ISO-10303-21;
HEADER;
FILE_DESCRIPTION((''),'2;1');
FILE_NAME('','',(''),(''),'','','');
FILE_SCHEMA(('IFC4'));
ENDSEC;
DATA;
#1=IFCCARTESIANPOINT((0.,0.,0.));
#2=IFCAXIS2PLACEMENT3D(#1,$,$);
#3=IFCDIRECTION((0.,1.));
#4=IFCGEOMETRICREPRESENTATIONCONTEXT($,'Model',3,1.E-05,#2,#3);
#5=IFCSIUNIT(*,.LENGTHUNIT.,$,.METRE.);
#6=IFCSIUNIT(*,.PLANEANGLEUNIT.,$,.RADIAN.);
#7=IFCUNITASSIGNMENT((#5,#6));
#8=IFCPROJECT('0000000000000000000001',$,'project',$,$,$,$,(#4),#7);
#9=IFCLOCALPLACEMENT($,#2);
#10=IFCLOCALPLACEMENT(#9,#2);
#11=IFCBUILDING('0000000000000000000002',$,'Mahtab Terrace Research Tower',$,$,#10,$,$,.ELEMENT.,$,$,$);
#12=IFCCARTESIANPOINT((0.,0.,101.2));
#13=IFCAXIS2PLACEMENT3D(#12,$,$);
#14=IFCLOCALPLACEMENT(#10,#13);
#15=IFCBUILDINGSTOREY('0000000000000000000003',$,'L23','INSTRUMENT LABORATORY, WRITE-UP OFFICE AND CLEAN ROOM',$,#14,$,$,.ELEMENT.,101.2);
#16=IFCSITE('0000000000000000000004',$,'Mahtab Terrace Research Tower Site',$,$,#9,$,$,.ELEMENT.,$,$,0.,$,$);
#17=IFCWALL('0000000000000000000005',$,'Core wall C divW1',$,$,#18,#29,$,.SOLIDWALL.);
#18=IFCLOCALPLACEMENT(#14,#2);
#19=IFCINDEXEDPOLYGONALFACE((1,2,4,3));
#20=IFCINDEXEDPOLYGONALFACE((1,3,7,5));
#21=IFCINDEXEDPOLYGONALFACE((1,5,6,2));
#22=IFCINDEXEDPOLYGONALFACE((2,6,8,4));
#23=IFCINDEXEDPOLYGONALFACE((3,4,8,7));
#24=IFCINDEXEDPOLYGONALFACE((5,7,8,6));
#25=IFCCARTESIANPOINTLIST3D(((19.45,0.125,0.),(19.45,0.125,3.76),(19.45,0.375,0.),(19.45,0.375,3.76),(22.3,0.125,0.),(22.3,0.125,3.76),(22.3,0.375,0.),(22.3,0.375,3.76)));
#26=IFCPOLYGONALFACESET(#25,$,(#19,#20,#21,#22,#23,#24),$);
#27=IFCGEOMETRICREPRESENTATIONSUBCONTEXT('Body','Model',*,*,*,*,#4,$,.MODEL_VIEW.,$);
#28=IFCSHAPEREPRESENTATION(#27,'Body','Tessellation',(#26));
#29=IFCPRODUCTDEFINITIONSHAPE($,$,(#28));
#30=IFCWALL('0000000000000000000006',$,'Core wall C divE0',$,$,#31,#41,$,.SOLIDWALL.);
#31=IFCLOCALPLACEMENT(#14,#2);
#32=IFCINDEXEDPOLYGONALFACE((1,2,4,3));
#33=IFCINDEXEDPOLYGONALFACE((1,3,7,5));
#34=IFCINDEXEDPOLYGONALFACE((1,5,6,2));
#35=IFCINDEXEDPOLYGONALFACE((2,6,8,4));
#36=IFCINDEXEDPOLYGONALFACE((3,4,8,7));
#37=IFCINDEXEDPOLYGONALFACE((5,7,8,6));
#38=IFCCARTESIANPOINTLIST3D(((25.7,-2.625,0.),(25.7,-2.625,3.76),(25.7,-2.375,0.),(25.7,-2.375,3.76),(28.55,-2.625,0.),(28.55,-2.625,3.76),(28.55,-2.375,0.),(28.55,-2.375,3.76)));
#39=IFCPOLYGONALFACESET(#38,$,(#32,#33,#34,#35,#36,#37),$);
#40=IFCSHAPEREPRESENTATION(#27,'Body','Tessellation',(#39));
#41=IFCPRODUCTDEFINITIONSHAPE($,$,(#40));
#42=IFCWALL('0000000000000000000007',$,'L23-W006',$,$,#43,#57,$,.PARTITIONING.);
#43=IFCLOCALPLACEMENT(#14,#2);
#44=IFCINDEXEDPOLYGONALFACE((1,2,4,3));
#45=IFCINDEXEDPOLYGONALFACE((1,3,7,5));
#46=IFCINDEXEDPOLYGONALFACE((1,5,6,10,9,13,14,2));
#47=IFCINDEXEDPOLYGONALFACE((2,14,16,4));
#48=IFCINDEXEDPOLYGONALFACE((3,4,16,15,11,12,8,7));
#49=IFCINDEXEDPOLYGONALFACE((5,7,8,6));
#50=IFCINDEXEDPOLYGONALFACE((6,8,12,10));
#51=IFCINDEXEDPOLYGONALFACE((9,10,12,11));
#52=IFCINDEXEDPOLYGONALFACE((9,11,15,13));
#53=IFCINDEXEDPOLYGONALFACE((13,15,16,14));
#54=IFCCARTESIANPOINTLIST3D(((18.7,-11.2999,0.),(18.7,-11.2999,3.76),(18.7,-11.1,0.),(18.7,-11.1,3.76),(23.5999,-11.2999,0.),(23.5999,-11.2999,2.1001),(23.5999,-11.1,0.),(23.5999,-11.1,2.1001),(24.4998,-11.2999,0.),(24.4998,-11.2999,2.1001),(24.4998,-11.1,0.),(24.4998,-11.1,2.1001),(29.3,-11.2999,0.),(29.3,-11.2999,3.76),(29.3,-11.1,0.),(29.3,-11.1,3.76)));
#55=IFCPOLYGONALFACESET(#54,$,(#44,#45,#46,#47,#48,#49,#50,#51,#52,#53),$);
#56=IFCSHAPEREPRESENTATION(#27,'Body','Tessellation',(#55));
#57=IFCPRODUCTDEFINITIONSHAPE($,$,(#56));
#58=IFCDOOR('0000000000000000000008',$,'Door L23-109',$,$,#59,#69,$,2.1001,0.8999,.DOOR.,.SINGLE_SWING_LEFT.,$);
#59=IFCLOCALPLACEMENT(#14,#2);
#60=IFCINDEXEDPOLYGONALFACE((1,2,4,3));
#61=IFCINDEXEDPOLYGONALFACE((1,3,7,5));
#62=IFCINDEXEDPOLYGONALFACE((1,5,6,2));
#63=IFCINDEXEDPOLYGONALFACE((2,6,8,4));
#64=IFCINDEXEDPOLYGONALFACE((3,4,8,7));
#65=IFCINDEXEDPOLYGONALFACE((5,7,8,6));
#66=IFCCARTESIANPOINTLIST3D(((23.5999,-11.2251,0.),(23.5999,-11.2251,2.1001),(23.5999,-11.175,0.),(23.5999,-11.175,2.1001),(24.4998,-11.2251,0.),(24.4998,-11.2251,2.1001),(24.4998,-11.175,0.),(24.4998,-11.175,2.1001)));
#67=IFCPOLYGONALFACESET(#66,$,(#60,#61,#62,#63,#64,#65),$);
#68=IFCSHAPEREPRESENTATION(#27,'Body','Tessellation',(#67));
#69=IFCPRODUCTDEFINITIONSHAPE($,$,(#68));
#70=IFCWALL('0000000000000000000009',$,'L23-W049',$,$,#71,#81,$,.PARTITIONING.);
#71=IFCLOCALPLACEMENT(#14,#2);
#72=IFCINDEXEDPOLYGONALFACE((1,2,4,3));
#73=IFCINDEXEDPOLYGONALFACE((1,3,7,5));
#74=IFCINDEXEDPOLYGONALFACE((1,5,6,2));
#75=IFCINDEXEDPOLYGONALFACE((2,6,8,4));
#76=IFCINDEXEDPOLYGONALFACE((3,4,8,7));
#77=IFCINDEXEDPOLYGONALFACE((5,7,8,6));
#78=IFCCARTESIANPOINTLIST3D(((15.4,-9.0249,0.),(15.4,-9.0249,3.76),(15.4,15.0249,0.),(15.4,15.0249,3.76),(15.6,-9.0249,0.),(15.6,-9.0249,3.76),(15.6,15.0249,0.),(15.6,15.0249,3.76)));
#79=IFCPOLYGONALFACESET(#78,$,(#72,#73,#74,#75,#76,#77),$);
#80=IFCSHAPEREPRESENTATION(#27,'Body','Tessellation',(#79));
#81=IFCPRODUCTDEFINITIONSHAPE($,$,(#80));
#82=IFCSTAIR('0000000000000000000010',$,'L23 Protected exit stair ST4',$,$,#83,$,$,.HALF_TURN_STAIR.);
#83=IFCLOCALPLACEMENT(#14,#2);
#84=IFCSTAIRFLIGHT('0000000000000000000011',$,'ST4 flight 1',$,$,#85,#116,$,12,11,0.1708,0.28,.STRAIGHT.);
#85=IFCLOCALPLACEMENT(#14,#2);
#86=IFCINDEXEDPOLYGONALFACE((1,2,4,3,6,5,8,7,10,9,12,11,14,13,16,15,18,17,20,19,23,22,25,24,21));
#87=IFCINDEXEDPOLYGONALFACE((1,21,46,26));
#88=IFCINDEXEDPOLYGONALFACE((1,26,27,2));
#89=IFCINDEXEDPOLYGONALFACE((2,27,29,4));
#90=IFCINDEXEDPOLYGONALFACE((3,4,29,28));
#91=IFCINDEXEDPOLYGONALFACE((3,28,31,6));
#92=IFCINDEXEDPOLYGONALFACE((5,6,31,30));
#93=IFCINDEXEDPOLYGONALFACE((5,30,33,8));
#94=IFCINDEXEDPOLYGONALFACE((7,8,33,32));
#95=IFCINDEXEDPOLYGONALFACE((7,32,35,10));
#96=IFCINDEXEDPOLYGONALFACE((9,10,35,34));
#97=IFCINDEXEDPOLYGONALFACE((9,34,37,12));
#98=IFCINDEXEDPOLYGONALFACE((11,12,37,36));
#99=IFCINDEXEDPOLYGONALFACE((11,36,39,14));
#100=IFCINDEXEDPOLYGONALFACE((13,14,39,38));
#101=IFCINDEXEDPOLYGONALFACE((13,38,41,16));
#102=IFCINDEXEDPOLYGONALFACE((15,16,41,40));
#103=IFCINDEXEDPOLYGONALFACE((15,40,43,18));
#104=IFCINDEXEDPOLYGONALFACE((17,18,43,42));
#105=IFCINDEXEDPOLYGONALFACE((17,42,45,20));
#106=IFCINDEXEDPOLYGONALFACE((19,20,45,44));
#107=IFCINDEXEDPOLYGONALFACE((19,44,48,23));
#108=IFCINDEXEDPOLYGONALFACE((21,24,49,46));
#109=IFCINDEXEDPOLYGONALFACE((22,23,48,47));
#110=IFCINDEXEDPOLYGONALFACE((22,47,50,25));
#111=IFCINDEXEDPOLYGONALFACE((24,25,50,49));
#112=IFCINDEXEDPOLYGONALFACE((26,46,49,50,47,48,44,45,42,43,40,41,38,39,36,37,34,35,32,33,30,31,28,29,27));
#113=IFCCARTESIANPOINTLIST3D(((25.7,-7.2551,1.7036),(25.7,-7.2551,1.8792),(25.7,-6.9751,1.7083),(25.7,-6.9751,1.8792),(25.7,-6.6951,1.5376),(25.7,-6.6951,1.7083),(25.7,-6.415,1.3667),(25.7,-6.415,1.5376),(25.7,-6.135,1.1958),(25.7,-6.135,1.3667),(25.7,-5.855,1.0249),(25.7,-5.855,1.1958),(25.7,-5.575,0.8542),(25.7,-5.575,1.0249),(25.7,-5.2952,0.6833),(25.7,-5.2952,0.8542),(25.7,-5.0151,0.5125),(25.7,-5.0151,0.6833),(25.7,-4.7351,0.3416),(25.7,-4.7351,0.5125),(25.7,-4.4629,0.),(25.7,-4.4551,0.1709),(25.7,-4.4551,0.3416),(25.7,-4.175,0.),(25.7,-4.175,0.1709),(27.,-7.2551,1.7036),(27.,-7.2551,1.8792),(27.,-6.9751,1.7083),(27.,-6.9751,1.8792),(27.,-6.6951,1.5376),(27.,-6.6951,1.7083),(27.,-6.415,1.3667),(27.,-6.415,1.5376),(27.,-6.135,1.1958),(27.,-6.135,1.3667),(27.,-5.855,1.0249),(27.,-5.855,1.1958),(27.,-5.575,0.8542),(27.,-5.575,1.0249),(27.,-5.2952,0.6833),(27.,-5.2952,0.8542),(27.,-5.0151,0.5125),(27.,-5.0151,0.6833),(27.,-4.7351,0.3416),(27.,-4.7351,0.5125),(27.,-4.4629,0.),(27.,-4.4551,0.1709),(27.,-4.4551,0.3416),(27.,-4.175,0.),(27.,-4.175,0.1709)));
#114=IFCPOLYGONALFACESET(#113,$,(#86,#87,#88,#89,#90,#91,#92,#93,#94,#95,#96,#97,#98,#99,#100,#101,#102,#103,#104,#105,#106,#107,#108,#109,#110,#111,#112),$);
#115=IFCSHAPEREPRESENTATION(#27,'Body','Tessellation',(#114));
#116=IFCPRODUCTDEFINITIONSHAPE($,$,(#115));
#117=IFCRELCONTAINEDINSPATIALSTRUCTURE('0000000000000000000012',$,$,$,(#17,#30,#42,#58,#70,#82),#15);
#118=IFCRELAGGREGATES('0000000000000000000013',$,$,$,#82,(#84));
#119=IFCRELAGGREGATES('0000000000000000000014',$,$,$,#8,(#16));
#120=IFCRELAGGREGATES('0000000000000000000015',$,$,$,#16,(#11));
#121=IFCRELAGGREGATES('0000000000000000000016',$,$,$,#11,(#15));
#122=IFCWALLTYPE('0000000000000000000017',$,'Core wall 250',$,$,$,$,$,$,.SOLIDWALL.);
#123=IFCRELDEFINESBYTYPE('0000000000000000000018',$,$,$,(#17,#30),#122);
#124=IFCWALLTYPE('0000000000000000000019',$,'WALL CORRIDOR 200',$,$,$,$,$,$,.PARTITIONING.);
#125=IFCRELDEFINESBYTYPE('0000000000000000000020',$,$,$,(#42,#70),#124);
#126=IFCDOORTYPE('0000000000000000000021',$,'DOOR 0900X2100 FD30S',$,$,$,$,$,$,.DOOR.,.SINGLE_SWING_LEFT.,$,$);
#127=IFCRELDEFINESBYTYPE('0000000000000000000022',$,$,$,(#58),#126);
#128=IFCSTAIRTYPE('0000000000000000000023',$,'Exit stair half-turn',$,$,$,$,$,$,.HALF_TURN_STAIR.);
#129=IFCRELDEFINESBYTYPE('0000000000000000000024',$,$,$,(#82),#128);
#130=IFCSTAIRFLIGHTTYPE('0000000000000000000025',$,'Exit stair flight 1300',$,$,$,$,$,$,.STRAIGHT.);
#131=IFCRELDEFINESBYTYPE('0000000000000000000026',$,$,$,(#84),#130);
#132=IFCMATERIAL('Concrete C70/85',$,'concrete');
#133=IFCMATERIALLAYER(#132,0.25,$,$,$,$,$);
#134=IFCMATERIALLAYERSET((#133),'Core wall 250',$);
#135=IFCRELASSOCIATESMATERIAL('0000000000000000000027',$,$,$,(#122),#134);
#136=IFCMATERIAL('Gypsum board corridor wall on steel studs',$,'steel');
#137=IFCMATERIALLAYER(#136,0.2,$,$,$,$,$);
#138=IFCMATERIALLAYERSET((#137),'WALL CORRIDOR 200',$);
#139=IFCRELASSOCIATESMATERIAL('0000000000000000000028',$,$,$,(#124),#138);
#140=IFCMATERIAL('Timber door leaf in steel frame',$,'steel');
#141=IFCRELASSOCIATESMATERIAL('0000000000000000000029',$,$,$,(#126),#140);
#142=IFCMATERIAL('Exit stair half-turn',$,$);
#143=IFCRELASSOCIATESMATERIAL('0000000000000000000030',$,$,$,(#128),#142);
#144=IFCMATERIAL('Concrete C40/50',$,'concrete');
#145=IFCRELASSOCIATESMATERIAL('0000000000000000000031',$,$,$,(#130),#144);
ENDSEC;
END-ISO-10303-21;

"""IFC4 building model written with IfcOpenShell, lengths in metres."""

from ifc_helpers import new_model, si_unit, direction, frame, frame_2d, origin, place, context, subcontext, project, spatial, polyline, rectangle, outline, extrude, material, layer, layer_set, type_object, element, fill, aggregate, save


model = new_model("IFC4")

# Units and contexts
model_context = context("Model", 3, precision=1e-05, world=origin(), true_north=direction((0.0, 1.0)))
body_context = subcontext(model_context, "Body", "Model", "MODEL_VIEW")
ifc_project = project(units=[si_unit("LENGTHUNIT", "METRE"), si_unit("PLANEANGLEUNIT", "RADIAN")], contexts=[model_context])

# Site, building, storey
site_placement = place(None, origin())
site = spatial("IfcSite", under=ifc_project, at=site_placement, Name="Mahtab Terrace Research Tower Site", CompositionType="ELEMENT", RefElevation=0.0)
building_placement = place(site_placement, origin())
building = spatial("IfcBuilding", under=site, at=building_placement, Name="Mahtab Terrace Research Tower", CompositionType="ELEMENT")
storey_placement = place(building_placement, frame((0.0, 0.0, 101.2)))
storey = spatial("IfcBuildingStorey", under=building, at=storey_placement, Name="L23", Description="INSTRUMENT LABORATORY, WRITE-UP OFFICE AND CLEAN ROOM", CompositionType="ELEMENT", Elevation=101.2)

# Shared definitions
ifc_material_1 = material(Name="Concrete C70/85", Category="concrete")

# Shared definitions
ifc_layer_1 = layer(ifc_material_1, 0.25)
ifc_layer_set_1 = layer_set([ifc_layer_1], Name="Core wall 250")
wall_type_1 = type_object("IfcWallType", Name="Core wall 250", PredefinedType="SOLIDWALL", material=ifc_layer_set_1)

# Walls
for number, where, z_axis, x_axis, name in (
    (1, (19.45, 0.25, 0.0), (0.0, 0.0, 1.0), (1.0, 0.0, 0.0), "Core wall C divW1"),
    (2, (25.7, -2.5, 0.0), (0.0, 0.0, 1.0), (1.0, 0.0, 0.0), "Core wall C divE0"),
):
    element("IfcWall", number, at=place(storey_placement, frame(where, z_axis=z_axis, x_axis=x_axis)), inside=storey, type_object=wall_type_1, Name=name, PredefinedType="SOLIDWALL", context=body_context, shape_type="SweptSolid", body=[
        extrude(rectangle(XDim=2.8501, YDim=0.25, at=frame_2d((1.425, 0.0))), origin(), (0.0, 0.0, 1.0), 3.76),
    ])

# Wall, opening, door
ifc_material_2 = material(Name="Gypsum board corridor wall on steel studs", Category="steel")
ifc_layer_2 = layer(ifc_material_2, 0.2)
ifc_layer_set_2 = layer_set([ifc_layer_2], Name="WALL CORRIDOR 200")
wall_type_2 = type_object("IfcWallType", Name="WALL CORRIDOR 200", PredefinedType="PARTITIONING", material=ifc_layer_set_2)
wall_1_placement = place(storey_placement, frame((18.7, -11.2, 0.0), z_axis=(0.0, 0.0, 1.0), x_axis=(1.0, 0.0, 0.0)))
wall_1 = element("IfcWall", 3, at=wall_1_placement, inside=storey, type_object=wall_type_2, Name="L23-W006", PredefinedType="PARTITIONING", context=body_context, shape_type="SweptSolid", body=[
    extrude(rectangle(XDim=10.6001, YDim=0.2, at=frame_2d((5.3, 0.0))), origin(), (0.0, 0.0, 1.0), 3.76),
])
opening_1_placement = place(wall_1_placement, frame((4.8999, 0.0, 0.0)))
opening_1 = element("IfcOpeningElement", 4, at=opening_1_placement, cuts=wall_1, PredefinedType="OPENING", context=body_context, shape_type="SweptSolid", body=[
    extrude(rectangle(XDim=0.8999, YDim=2.1001, at=frame_2d((0.45, 1.05))), frame((0.0, 0.1099, 0.0), z_axis=(0.0, -1.0, 0.0), x_axis=(1.0, 0.0, 0.0)), (0.0, 0.0, 1.0), 0.22),
])
ifc_material_3 = material(Name="Timber door leaf in steel frame", Category="steel")
door_type_1 = type_object("IfcDoorType", Name="DOOR 0900X2100 FD30S", OperationType="SINGLE_SWING_LEFT", PredefinedType="DOOR", material=ifc_material_3)
door_1_placement = place(opening_1_placement, origin())
door_1 = element("IfcDoor", 5, at=door_1_placement, inside=storey, type_object=door_type_1, Name="Door L23-109", OperationType="SINGLE_SWING_LEFT", OverallHeight=2.1001, OverallWidth=0.8999, PredefinedType="DOOR", context=body_context, shape_type="SweptSolid", body=[
    extrude(rectangle(XDim=0.8999, YDim=2.1001, at=frame_2d((0.45, 1.05))), frame((0.0, 0.0249, 0.0), z_axis=(0.0, -1.0, 0.0), x_axis=(1.0, 0.0, 0.0)), (0.0, 0.0, 1.0), 0.05),
])
fill(opening_1, door_1)

# Wall
wall_2_placement = place(storey_placement, frame((15.5, -9.0249, 0.0), z_axis=(0.0, 0.0, 1.0), x_axis=(0.0, 1.0, 0.0)))
element("IfcWall", 6, at=wall_2_placement, inside=storey, type_object=wall_type_2, Name="L23-W049", PredefinedType="PARTITIONING", context=body_context, shape_type="SweptSolid", body=[
    extrude(rectangle(XDim=24.0498, YDim=0.2, at=frame_2d((12.0249, 0.0))), origin(), (0.0, 0.0, 1.0), 3.76),
])

# Stair, stair flight
ifc_material_4 = material(Name="Exit stair half-turn")
stair_type = type_object("IfcStairType", Name="Exit stair half-turn", PredefinedType="HALF_TURN_STAIR", material=ifc_material_4)
stair_placement = place(storey_placement, origin())
stair = element("IfcStair", 7, at=stair_placement, inside=storey, type_object=stair_type, Name="L23 Protected exit stair ST4", PredefinedType="HALF_TURN_STAIR")
ifc_material_5 = material(Name="Concrete C40/50", Category="concrete")
stair_flight_type = type_object("IfcStairFlightType", Name="Exit stair flight 1300", PredefinedType="STRAIGHT", material=ifc_material_5)
stair_flight_placement = place(storey_placement, frame((26.3501, -4.175, 0.0), z_axis=(0.0, 0.0, 1.0), x_axis=(0.0, -1.0, 0.0)))
stair_flight = element("IfcStairFlight", 8, at=stair_flight_placement, type_object=stair_flight_type, Name="ST4 flight 1", NumberOfRisers=12, NumberOfTreads=11, PredefinedType="STRAIGHT", RiserHeight=0.1708, TreadLength=0.28, context=body_context, shape_type="SweptSolid", body=[
    extrude(outline(polyline([(0.0, 0.0), (0.0, 0.1709), (0.28, 0.1709), (0.28, 0.3416), (0.5601, 0.3416), (0.5601, 0.5125), (0.8401, 0.5125), (0.8401, 0.6833), (1.1201, 0.6833), (1.1201, 0.8542), (1.3999, 0.8542), (1.3999, 1.0249), (1.6799, 1.0249), (1.6799, 1.1958), (1.96, 1.1958), (1.96, 1.3667), (2.24, 1.3667), (2.24, 1.5376), (2.52, 1.5376), (2.52, 1.7083), (2.8, 1.7083), (2.8, 1.8792), (3.0801, 1.8792), (3.0801, 2.05), (3.0801, 1.7036), (0.2878, 0.0), (0.0, 0.0)])), frame((0.0, 0.6499, 0.0), z_axis=(0.0, -1.0, 0.0), x_axis=(1.0, 0.0, 0.0)), (0.0, 0.0, 1.0), 1.3),
])
aggregate(stair, [stair_flight])

save(model, "model.ifc")
